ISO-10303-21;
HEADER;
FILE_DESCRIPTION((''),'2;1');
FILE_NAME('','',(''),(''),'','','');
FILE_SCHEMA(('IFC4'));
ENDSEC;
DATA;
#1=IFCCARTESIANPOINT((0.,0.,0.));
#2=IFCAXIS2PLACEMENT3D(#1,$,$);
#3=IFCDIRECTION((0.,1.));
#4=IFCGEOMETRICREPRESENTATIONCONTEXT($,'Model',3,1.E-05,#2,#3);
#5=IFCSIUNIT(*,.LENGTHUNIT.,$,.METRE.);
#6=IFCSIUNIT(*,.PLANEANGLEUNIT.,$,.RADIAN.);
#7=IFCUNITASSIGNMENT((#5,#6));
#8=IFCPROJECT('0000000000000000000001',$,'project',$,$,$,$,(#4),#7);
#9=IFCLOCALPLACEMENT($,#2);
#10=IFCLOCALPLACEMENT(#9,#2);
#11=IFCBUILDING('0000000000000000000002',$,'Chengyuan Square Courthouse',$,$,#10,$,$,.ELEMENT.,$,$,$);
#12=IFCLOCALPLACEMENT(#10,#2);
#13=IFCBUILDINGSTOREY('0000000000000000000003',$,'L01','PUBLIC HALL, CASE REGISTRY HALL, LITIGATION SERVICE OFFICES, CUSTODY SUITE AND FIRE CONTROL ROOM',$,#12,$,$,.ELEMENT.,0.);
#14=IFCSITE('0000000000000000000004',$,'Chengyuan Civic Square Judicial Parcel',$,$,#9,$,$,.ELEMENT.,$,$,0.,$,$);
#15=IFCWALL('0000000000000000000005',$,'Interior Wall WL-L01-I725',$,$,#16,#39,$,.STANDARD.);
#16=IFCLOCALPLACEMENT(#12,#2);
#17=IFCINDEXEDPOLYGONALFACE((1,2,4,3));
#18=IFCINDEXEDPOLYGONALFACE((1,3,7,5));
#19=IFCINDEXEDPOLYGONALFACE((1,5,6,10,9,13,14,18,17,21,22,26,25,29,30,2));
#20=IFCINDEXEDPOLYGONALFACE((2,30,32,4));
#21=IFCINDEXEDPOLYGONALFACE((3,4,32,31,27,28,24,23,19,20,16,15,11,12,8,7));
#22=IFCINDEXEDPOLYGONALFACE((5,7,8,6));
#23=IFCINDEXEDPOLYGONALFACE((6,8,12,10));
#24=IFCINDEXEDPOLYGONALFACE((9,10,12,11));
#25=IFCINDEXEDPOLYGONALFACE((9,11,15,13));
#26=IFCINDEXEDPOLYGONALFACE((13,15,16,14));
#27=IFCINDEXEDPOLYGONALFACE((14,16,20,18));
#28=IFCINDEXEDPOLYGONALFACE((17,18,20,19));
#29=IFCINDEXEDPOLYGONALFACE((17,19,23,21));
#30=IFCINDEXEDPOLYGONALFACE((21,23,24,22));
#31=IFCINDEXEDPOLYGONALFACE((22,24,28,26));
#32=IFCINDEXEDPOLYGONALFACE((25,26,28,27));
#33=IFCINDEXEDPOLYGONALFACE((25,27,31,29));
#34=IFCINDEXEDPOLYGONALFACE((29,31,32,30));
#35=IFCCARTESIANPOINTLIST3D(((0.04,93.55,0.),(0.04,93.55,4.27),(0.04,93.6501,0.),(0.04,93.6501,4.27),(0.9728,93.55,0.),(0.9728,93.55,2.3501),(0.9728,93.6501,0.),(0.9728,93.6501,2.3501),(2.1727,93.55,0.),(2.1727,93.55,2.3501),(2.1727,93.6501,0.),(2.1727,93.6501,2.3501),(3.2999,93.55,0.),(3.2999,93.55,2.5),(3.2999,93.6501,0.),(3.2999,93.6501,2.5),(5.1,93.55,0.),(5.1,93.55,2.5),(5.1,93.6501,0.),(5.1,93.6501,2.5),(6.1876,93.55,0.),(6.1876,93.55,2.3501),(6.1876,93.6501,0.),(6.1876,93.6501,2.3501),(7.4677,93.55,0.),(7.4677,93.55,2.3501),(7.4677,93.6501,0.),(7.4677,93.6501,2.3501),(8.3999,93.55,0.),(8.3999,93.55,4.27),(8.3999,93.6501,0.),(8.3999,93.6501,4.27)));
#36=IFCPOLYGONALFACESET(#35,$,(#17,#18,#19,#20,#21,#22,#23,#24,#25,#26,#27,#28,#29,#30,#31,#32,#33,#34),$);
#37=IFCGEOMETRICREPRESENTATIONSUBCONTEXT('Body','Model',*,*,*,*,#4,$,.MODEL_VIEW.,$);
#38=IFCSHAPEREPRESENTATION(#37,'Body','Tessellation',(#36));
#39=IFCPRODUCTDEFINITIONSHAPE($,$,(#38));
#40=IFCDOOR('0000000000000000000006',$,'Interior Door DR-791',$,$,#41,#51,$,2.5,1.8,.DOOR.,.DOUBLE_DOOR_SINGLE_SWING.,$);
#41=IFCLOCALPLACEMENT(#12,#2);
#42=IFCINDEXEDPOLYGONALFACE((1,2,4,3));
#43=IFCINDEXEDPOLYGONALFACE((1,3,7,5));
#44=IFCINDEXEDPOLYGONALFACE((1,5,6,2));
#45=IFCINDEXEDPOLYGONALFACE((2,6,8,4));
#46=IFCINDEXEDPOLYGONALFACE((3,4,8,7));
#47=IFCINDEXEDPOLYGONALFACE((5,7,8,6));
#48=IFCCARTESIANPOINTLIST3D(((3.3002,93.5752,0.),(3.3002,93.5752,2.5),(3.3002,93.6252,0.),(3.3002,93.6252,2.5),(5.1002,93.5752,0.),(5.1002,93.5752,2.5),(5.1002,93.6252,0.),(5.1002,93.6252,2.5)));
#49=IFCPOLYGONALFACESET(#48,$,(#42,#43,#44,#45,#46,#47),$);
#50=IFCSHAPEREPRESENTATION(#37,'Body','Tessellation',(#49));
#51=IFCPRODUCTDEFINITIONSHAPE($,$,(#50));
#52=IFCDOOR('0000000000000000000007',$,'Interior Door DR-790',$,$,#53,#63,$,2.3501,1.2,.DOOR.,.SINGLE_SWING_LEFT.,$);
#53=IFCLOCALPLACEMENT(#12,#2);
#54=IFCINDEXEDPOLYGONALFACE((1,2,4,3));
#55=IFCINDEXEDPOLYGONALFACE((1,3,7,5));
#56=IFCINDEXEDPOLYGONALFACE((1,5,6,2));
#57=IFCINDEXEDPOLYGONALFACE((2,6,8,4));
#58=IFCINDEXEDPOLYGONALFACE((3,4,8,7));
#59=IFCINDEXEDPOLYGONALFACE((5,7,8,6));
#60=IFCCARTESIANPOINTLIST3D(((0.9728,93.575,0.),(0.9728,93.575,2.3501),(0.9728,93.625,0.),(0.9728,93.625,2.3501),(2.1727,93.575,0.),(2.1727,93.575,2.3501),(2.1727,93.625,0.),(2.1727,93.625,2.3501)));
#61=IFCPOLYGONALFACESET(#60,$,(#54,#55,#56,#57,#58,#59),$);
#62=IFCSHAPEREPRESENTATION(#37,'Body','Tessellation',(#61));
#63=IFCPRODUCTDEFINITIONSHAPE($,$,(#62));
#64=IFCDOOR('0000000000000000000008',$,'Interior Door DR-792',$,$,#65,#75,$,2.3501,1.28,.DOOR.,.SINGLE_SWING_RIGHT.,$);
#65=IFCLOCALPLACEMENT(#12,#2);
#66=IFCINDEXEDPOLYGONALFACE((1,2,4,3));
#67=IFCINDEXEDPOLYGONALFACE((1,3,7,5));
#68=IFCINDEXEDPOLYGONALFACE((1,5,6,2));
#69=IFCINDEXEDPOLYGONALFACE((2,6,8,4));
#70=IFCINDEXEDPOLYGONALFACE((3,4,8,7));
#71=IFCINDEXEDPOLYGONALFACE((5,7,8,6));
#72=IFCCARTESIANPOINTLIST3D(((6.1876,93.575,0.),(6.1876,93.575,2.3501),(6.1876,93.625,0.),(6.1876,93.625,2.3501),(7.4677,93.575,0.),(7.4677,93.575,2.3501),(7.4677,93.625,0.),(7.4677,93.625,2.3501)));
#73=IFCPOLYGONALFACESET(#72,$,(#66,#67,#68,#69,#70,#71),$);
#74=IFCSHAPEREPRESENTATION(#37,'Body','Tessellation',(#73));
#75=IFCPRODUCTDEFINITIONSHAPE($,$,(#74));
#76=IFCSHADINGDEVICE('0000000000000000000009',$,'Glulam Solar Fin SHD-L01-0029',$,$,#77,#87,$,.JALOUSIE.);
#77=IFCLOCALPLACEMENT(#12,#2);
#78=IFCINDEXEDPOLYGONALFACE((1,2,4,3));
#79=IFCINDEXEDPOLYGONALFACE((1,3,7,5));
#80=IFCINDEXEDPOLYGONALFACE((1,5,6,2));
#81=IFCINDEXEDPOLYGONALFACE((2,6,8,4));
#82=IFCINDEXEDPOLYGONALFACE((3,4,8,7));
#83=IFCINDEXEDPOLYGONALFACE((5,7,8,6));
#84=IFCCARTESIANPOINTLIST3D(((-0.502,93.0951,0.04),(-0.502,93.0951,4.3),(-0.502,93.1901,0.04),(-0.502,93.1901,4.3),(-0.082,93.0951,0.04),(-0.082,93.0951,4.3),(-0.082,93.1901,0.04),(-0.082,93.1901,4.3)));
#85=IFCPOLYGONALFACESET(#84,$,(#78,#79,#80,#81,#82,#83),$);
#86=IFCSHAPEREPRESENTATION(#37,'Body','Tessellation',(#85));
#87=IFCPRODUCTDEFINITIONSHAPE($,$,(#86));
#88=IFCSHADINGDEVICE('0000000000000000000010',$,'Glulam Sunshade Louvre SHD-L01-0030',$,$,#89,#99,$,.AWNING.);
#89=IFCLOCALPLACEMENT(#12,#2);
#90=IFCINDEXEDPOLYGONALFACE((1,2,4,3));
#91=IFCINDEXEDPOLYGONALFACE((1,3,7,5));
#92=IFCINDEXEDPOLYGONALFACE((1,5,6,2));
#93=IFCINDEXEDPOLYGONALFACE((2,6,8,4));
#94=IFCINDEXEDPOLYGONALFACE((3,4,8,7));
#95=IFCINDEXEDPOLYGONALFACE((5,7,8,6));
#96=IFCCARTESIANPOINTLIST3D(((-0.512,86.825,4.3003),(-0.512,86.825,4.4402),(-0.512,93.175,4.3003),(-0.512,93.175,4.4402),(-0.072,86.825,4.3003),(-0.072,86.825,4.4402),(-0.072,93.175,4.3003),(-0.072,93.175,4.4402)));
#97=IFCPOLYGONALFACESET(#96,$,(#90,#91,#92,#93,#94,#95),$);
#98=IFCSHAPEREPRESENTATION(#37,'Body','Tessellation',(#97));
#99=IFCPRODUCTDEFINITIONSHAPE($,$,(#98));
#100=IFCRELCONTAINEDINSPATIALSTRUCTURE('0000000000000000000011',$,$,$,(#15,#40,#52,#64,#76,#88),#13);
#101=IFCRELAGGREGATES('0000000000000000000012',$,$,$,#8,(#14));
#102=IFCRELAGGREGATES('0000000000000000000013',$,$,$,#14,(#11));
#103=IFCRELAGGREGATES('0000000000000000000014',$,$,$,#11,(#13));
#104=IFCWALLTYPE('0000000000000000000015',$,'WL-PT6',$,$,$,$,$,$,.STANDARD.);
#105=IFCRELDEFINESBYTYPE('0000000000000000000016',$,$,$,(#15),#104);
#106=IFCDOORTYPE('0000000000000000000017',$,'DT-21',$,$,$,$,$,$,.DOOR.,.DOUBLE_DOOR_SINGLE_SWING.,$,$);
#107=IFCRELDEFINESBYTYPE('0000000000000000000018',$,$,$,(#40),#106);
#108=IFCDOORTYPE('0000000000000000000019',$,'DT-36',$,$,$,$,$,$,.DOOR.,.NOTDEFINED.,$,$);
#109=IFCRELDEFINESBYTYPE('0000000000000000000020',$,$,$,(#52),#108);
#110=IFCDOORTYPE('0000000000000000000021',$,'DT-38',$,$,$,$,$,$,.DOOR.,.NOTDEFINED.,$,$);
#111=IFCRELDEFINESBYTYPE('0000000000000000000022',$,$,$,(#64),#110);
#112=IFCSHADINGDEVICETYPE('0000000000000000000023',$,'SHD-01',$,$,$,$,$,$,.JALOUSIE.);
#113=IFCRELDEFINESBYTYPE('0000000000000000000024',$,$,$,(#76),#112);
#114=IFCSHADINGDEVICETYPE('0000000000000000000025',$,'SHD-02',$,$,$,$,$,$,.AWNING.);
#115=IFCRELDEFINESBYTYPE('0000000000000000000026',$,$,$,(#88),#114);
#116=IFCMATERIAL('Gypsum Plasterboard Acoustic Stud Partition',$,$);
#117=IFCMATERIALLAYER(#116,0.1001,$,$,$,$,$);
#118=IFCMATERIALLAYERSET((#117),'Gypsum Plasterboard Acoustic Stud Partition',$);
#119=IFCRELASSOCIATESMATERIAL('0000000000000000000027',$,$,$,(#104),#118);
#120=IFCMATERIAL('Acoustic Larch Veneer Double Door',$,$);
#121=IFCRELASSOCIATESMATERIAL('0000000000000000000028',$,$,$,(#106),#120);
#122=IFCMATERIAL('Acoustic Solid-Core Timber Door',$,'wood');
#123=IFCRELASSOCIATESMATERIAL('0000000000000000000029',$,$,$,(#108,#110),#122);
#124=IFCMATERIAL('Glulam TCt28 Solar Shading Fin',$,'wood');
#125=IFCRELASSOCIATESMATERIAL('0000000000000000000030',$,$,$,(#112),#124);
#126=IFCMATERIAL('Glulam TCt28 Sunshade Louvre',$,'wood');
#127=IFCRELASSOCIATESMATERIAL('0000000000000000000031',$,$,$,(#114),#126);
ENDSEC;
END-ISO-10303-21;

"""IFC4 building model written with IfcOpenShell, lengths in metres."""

from ifc_helpers import new_model, si_unit, direction, frame, frame_2d, origin, origin_2d, place, context, subcontext, project, spatial, rectangle, extrude, material, layer, layer_set, type_object, element, fill, save


model = new_model("IFC4")

# Units and contexts
model_context = context("Model", 3, precision=1e-05, world=origin(), true_north=direction((0.0, 1.0)))
body_context = subcontext(model_context, "Body", "Model", "MODEL_VIEW")
ifc_project = project(units=[si_unit("LENGTHUNIT", "METRE"), si_unit("PLANEANGLEUNIT", "RADIAN")], contexts=[model_context])

# Site, building, storey
site_placement = place(None, origin())
site = spatial("IfcSite", under=ifc_project, at=site_placement, Name="Chengyuan Civic Square Judicial Parcel", CompositionType="ELEMENT", RefElevation=0.0)
building_placement = place(site_placement, origin())
building = spatial("IfcBuilding", under=site, at=building_placement, Name="Chengyuan Square Courthouse", CompositionType="ELEMENT")
storey_placement = place(building_placement, origin())
storey = spatial("IfcBuildingStorey", under=building, at=storey_placement, Name="L01", Description="PUBLIC HALL, CASE REGISTRY HALL, LITIGATION SERVICE OFFICES, CUSTODY SUITE AND FIRE CONTROL ROOM", CompositionType="ELEMENT", Elevation=0.0)

# Wall, openings, doors
ifc_material_1 = material(Name="Gypsum Plasterboard Acoustic Stud Partition")
ifc_layer_1 = layer(ifc_material_1, 0.1001)
ifc_layer_set_1 = layer_set([ifc_layer_1], Name="Gypsum Plasterboard Acoustic Stud Partition")
wall_type = type_object("IfcWallType", Name="WL-PT6", PredefinedType="STANDARD", material=ifc_layer_set_1)
wall_placement = place(storey_placement, frame((0.04, 93.6001, 0.0), z_axis=(0.0, 0.0, 1.0), x_axis=(1.0, 0.0, 0.0)))
wall = element("IfcWall", 1, at=wall_placement, inside=storey, type_object=wall_type, Name="Interior Wall WL-L01-I725", PredefinedType="STANDARD", context=body_context, shape_type="SweptSolid", body=[
    extrude(rectangle(XDim=8.3599, YDim=0.1001, at=frame_2d((4.1799, 0.0))), origin(), (0.0, 0.0, 1.0), 4.27),
])
opening_1_placement = place(wall_placement, frame((0.9326, 0.0, 0.0)))
opening_1 = element("IfcOpeningElement", 2, at=opening_1_placement, cuts=wall, PredefinedType="OPENING", context=body_context, shape_type="SweptSolid", body=[
    extrude(rectangle(XDim=1.2, YDim=2.3501, at=frame_2d((0.6001, 1.175))), frame((0.0, 0.062, 0.0), z_axis=(0.0, -1.0, 0.0), x_axis=(1.0, 0.0, 0.0)), (0.0, 0.0, 1.0), 0.124),
])
opening_2_placement = place(wall_placement, frame((3.26, 0.0, 0.0)))
opening_2 = element("IfcOpeningElement", 3, at=opening_2_placement, cuts=wall, PredefinedType="OPENING", context=body_context, shape_type="SweptSolid", body=[
    extrude(rectangle(XDim=1.8, YDim=2.5, at=frame_2d((0.8999, 1.25))), frame((0.0, 0.062, 0.0), z_axis=(0.0, -1.0, 0.0), x_axis=(1.0, 0.0, 0.0)), (0.0, 0.0, 1.0), 0.124),
])
opening_3_placement = place(wall_placement, frame((6.1475, 0.0, 0.0)))
opening_3 = element("IfcOpeningElement", 4, at=opening_3_placement, cuts=wall, PredefinedType="OPENING", context=body_context, shape_type="SweptSolid", body=[
    extrude(rectangle(XDim=1.28, YDim=2.3501, at=frame_2d((0.6401, 1.175))), frame((0.0, 0.062, 0.0), z_axis=(0.0, -1.0, 0.0), x_axis=(1.0, 0.0, 0.0)), (0.0, 0.0, 1.0), 0.124),
])
ifc_material_2 = material(Name="Acoustic Larch Veneer Double Door")
door_type_1 = type_object("IfcDoorType", Name="DT-21", OperationType="DOUBLE_DOOR_SINGLE_SWING", PredefinedType="DOOR", material=ifc_material_2)
door_1_placement = place(opening_2_placement, frame((1.8, 0.0, 0.0), z_axis=(0.0, 0.0, 1.0), x_axis=(-1.0, 0.0, 0.0)))
door_1 = element("IfcDoor", 5, at=door_1_placement, inside=storey, type_object=door_type_1, Name="Interior Door DR-791", OperationType="DOUBLE_DOOR_SINGLE_SWING", OverallHeight=2.5, OverallWidth=1.8, PredefinedType="DOOR", context=body_context, shape_type="SweptSolid", body=[
    extrude(rectangle(XDim=1.8, YDim=2.5, at=frame_2d((0.8999, 1.25))), frame((0.0, 0.0249, 0.0), z_axis=(0.0, -1.0, 0.0), x_axis=(1.0, 0.0, 0.0)), (0.0, 0.0, 1.0), 0.05),
])
fill(opening_2, door_1)
ifc_material_3 = material(Name="Acoustic Solid-Core Timber Door", Category="wood")
door_type_2 = type_object("IfcDoorType", Name="DT-36", OperationType="NOTDEFINED", PredefinedType="DOOR", material=ifc_material_3)
door_2_placement = place(opening_1_placement, origin())
door_2 = element("IfcDoor", 6, at=door_2_placement, inside=storey, type_object=door_type_2, Name="Interior Door DR-790", OperationType="SINGLE_SWING_LEFT", OverallHeight=2.3501, OverallWidth=1.2, PredefinedType="DOOR", context=body_context, shape_type="SweptSolid", body=[
    extrude(rectangle(XDim=1.2, YDim=2.3501, at=frame_2d((0.6001, 1.175))), frame((0.0, 0.0249, 0.0), z_axis=(0.0, -1.0, 0.0), x_axis=(1.0, 0.0, 0.0)), (0.0, 0.0, 1.0), 0.05),
])
fill(opening_1, door_2)
door_type_3 = type_object("IfcDoorType", Name="DT-38", OperationType="NOTDEFINED", PredefinedType="DOOR", material=ifc_material_3)
door_3_placement = place(opening_3_placement, origin())
door_3 = element("IfcDoor", 7, at=door_3_placement, inside=storey, type_object=door_type_3, Name="Interior Door DR-792", OperationType="SINGLE_SWING_RIGHT", OverallHeight=2.3501, OverallWidth=1.28, PredefinedType="DOOR", context=body_context, shape_type="SweptSolid", body=[
    extrude(rectangle(XDim=1.28, YDim=2.3501, at=frame_2d((0.6401, 1.175))), frame((0.0, 0.0249, 0.0), z_axis=(0.0, -1.0, 0.0), x_axis=(1.0, 0.0, 0.0)), (0.0, 0.0, 1.0), 0.05),
])
fill(opening_3, door_3)

# Shading devices
ifc_material_4 = material(Name="Glulam TCt28 Solar Shading Fin", Category="wood")
shading_device_type_1 = type_object("IfcShadingDeviceType", Name="SHD-01", PredefinedType="JALOUSIE", material=ifc_material_4)
shading_device_1_placement = place(storey_placement, frame((-0.292, 93.1426, 0.04), z_axis=(0.0, 0.0, 1.0), x_axis=(1.0, 0.0, 0.0)))
element("IfcShadingDevice", 8, at=shading_device_1_placement, inside=storey, type_object=shading_device_type_1, Name="Glulam Solar Fin SHD-L01-0029", PredefinedType="JALOUSIE", context=body_context, shape_type="SweptSolid", body=[
    extrude(rectangle(XDim=0.4199, YDim=0.095, at=origin_2d()), origin(), (0.0, 0.0, 1.0), 4.26),
])
ifc_material_5 = material(Name="Glulam TCt28 Sunshade Louvre", Category="wood")
shading_device_type_2 = type_object("IfcShadingDeviceType", Name="SHD-02", PredefinedType="AWNING", material=ifc_material_5)
shading_device_2_placement = place(storey_placement, frame((-0.292, 90.0, 4.3003), z_axis=(0.0, 0.0, 1.0), x_axis=(0.0, 1.0, 0.0)))
element("IfcShadingDevice", 9, at=shading_device_2_placement, inside=storey, type_object=shading_device_type_2, Name="Glulam Sunshade Louvre SHD-L01-0030", PredefinedType="AWNING", context=body_context, shape_type="SweptSolid", body=[
    extrude(rectangle(XDim=6.3501, YDim=0.4399, at=origin_2d()), origin(), (0.0, 0.0, 1.0), 0.1399),
])

save(model, "model.ifc")
